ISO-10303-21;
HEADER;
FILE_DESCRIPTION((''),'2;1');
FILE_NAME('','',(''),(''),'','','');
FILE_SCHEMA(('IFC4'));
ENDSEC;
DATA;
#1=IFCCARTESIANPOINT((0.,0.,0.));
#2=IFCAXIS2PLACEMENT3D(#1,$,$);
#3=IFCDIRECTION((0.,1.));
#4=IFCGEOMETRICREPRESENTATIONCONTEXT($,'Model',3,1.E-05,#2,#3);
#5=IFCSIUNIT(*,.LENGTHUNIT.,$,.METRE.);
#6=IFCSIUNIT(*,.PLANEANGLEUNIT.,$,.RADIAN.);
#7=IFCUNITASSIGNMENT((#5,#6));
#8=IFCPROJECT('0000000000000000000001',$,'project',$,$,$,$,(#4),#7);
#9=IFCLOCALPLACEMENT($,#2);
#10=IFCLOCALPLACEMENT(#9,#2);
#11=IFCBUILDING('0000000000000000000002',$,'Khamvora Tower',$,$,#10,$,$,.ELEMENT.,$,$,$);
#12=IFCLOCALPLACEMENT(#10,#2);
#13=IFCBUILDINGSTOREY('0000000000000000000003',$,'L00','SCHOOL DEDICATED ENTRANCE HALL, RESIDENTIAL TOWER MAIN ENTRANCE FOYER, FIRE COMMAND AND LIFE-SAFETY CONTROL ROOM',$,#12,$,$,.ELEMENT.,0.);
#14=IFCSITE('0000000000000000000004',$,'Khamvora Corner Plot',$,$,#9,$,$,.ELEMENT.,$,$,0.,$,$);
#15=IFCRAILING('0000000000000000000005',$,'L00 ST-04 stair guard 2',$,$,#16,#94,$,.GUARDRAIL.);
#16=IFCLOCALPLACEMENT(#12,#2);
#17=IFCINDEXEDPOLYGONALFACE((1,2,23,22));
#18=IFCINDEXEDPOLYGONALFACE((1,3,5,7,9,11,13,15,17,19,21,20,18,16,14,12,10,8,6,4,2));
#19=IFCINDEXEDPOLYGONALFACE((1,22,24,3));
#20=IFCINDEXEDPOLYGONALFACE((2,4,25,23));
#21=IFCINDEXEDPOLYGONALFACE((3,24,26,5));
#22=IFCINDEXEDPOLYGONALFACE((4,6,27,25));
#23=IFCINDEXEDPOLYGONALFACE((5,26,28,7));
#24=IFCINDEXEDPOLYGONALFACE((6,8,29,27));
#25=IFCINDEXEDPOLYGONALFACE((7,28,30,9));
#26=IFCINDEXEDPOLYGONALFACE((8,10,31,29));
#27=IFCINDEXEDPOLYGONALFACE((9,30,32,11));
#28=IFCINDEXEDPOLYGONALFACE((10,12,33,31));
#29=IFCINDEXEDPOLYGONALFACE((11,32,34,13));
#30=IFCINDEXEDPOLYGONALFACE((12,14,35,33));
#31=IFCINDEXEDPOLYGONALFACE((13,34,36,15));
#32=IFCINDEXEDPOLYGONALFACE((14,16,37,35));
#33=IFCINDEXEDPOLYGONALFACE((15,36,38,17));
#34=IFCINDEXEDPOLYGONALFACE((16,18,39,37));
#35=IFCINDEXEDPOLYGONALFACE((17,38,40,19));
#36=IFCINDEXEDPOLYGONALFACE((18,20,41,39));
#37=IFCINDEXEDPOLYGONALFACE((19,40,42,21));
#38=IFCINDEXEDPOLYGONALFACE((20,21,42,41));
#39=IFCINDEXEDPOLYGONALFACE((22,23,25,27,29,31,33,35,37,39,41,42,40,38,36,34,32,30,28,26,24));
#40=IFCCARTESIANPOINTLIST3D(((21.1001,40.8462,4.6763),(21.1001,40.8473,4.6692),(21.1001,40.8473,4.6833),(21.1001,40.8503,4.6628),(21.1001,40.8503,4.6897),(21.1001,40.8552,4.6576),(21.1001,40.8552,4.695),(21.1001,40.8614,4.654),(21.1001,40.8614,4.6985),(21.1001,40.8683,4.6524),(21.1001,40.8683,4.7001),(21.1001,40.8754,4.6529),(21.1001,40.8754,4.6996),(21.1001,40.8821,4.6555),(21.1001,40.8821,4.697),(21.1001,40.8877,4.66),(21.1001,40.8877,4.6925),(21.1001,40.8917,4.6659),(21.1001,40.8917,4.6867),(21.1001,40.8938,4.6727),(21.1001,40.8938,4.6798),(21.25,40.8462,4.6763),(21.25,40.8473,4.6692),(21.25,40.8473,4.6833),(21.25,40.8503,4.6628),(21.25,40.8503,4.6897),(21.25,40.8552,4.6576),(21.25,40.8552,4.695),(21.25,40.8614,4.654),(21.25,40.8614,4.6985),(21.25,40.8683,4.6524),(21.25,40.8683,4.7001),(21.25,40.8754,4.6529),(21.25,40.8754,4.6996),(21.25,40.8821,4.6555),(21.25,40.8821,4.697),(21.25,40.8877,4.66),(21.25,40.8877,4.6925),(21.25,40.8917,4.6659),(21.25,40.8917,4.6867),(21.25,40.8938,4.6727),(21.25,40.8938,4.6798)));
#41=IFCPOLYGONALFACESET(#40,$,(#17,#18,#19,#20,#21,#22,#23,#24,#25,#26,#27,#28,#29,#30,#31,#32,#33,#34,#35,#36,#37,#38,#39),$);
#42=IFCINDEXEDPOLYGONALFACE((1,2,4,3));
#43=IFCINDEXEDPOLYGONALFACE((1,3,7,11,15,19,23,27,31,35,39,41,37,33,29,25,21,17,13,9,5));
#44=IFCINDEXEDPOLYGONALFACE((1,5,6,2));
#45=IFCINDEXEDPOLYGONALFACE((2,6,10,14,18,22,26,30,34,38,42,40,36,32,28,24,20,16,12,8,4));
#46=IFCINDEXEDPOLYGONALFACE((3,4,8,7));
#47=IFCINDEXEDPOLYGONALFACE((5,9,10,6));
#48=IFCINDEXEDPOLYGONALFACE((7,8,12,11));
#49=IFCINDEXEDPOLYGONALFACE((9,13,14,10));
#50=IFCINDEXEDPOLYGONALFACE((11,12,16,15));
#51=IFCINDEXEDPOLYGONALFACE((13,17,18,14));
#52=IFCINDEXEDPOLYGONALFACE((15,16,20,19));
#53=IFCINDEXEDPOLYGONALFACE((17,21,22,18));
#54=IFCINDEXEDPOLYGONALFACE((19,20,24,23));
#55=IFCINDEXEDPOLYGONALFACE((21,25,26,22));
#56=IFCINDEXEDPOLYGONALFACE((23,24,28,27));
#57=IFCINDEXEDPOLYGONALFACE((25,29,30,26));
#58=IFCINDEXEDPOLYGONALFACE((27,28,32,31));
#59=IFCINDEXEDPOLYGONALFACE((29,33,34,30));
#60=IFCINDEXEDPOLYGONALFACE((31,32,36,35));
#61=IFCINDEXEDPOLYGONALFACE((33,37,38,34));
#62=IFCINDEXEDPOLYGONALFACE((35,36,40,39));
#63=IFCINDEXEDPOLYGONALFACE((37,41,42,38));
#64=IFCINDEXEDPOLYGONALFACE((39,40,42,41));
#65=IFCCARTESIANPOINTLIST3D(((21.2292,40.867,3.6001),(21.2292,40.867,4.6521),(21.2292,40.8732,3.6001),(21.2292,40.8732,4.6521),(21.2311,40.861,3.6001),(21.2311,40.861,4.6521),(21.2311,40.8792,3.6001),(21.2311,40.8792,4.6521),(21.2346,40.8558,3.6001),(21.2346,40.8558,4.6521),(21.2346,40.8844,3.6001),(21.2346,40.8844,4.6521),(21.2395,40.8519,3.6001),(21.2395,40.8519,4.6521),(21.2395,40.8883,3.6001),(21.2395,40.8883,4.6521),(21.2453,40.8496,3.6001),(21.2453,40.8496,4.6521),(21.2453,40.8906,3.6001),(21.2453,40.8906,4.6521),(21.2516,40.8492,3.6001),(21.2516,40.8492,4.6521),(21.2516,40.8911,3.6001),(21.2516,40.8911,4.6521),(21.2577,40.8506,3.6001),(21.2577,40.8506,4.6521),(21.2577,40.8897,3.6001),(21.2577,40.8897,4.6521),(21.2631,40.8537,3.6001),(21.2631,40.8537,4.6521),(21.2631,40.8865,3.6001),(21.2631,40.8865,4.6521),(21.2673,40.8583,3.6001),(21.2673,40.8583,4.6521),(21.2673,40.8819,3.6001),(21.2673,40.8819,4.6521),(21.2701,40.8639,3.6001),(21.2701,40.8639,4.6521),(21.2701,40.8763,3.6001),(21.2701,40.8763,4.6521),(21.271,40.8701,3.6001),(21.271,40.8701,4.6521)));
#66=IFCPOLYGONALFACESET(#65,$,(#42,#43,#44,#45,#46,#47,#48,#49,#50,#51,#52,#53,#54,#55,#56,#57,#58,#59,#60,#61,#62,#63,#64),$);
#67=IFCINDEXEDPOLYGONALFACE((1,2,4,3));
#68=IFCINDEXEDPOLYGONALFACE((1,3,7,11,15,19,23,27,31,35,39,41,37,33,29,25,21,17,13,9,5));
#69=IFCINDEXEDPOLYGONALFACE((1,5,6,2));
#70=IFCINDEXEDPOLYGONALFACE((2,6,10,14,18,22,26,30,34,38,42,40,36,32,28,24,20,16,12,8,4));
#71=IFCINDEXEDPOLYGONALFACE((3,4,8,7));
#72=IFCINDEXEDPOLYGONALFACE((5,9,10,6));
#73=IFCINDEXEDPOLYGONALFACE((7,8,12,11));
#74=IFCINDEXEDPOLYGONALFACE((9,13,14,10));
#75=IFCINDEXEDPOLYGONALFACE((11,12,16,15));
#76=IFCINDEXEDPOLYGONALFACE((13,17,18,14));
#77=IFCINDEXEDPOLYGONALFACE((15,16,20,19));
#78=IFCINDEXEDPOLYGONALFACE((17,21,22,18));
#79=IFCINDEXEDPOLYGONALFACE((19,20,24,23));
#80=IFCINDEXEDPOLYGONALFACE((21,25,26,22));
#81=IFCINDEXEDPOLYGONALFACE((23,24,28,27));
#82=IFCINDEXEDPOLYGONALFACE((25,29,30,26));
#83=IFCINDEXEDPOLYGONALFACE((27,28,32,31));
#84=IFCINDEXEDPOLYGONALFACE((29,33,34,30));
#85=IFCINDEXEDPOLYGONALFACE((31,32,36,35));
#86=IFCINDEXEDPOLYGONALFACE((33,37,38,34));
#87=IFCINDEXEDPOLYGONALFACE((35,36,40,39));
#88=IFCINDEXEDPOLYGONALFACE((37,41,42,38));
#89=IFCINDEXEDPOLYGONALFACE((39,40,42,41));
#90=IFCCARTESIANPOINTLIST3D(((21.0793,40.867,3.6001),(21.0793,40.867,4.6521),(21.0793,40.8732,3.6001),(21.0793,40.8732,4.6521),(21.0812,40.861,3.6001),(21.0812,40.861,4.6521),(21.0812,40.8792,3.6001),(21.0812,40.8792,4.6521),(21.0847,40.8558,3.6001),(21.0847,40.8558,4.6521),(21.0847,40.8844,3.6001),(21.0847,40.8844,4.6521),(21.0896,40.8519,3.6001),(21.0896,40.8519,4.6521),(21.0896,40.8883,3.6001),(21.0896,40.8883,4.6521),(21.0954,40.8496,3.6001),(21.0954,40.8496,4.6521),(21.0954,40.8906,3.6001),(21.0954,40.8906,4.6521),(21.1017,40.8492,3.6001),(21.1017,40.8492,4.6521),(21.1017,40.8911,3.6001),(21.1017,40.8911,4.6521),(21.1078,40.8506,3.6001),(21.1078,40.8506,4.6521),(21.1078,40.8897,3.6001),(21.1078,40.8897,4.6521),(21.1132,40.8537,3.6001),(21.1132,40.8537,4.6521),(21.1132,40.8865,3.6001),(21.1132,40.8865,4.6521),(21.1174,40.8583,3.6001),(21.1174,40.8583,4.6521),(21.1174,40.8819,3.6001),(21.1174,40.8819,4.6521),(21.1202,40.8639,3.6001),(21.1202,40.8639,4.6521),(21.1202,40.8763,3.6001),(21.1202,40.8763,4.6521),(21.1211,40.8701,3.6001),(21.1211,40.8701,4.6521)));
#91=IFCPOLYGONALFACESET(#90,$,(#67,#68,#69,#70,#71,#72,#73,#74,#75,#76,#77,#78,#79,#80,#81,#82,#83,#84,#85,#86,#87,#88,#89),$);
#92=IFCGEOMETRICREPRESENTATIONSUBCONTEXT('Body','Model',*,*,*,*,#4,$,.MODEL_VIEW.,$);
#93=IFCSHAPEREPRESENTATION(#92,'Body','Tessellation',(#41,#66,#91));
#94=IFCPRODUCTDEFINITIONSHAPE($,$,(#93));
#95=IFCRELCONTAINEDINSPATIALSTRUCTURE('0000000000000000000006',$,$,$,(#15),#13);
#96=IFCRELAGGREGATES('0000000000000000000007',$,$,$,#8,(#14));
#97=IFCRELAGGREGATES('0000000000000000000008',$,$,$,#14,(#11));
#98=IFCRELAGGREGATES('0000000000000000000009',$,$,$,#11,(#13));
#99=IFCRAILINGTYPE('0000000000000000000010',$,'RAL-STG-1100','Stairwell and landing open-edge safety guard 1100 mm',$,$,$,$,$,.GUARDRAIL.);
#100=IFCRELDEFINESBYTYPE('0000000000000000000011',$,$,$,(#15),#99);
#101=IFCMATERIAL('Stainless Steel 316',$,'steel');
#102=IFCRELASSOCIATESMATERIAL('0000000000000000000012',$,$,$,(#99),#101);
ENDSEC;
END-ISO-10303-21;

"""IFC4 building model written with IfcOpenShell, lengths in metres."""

from ifc_helpers import new_model, si_unit, direction, frame, origin, origin_2d, place, context, subcontext, project, spatial, circle, extrude, material, type_object, element, save


model = new_model("IFC4")

# Units and contexts
model_context = context("Model", 3, precision=1e-05, world=origin(), true_north=direction((0.0, 1.0)))
body_context = subcontext(model_context, "Body", "Model", "MODEL_VIEW")
ifc_project = project(units=[si_unit("LENGTHUNIT", "METRE"), si_unit("PLANEANGLEUNIT", "RADIAN")], contexts=[model_context])

# Site, building, storey
site_placement = place(None, origin())
site = spatial("IfcSite", under=ifc_project, at=site_placement, Name="Khamvora Corner Plot", CompositionType="ELEMENT", RefElevation=0.0)
building_placement = place(site_placement, origin())
building = spatial("IfcBuilding", under=site, at=building_placement, Name="Khamvora Tower", CompositionType="ELEMENT")
storey_placement = place(building_placement, origin())
storey = spatial("IfcBuildingStorey", under=building, at=storey_placement, Name="L00", Description="SCHOOL DEDICATED ENTRANCE HALL, RESIDENTIAL TOWER MAIN ENTRANCE FOYER, FIRE COMMAND AND LIFE-SAFETY CONTROL ROOM", CompositionType="ELEMENT", Elevation=0.0)

# Railing
ifc_material_1 = material(Name="Stainless Steel 316", Category="steel")
railing_type_1 = type_object("IfcRailingType", Name="RAL-STG-1100", Description="Stairwell and landing open-edge safety guard 1100 mm", PredefinedType="GUARDRAIL", material=ifc_material_1)
railing_1_placement = place(storey_placement, frame((21.25, 40.8701, 3.6001)))
element("IfcRailing", 1, at=railing_1_placement, inside=storey, type_object=railing_type_1, Name="L00 ST-04 stair guard 2", PredefinedType="GUARDRAIL", context=body_context, shape_type="SweptSolid", body=[
    extrude(circle(Radius=0.0239, at=origin_2d()), frame((0.0, 0.0, 1.0762), z_axis=(-1.0, 0.0, 0.0), x_axis=(0.0, -1.0, 0.0)), (0.0, 0.0, 1.0), 0.1499),
    extrude(circle(Radius=0.021, at=origin_2d()), origin(), (0.0, 0.0, 1.0), 1.052),
    extrude(circle(Radius=0.021, at=origin_2d()), frame((-0.1499, 0.0, 0.0)), (0.0, 0.0, 1.0), 1.052),
])

save(model, "model.ifc")
